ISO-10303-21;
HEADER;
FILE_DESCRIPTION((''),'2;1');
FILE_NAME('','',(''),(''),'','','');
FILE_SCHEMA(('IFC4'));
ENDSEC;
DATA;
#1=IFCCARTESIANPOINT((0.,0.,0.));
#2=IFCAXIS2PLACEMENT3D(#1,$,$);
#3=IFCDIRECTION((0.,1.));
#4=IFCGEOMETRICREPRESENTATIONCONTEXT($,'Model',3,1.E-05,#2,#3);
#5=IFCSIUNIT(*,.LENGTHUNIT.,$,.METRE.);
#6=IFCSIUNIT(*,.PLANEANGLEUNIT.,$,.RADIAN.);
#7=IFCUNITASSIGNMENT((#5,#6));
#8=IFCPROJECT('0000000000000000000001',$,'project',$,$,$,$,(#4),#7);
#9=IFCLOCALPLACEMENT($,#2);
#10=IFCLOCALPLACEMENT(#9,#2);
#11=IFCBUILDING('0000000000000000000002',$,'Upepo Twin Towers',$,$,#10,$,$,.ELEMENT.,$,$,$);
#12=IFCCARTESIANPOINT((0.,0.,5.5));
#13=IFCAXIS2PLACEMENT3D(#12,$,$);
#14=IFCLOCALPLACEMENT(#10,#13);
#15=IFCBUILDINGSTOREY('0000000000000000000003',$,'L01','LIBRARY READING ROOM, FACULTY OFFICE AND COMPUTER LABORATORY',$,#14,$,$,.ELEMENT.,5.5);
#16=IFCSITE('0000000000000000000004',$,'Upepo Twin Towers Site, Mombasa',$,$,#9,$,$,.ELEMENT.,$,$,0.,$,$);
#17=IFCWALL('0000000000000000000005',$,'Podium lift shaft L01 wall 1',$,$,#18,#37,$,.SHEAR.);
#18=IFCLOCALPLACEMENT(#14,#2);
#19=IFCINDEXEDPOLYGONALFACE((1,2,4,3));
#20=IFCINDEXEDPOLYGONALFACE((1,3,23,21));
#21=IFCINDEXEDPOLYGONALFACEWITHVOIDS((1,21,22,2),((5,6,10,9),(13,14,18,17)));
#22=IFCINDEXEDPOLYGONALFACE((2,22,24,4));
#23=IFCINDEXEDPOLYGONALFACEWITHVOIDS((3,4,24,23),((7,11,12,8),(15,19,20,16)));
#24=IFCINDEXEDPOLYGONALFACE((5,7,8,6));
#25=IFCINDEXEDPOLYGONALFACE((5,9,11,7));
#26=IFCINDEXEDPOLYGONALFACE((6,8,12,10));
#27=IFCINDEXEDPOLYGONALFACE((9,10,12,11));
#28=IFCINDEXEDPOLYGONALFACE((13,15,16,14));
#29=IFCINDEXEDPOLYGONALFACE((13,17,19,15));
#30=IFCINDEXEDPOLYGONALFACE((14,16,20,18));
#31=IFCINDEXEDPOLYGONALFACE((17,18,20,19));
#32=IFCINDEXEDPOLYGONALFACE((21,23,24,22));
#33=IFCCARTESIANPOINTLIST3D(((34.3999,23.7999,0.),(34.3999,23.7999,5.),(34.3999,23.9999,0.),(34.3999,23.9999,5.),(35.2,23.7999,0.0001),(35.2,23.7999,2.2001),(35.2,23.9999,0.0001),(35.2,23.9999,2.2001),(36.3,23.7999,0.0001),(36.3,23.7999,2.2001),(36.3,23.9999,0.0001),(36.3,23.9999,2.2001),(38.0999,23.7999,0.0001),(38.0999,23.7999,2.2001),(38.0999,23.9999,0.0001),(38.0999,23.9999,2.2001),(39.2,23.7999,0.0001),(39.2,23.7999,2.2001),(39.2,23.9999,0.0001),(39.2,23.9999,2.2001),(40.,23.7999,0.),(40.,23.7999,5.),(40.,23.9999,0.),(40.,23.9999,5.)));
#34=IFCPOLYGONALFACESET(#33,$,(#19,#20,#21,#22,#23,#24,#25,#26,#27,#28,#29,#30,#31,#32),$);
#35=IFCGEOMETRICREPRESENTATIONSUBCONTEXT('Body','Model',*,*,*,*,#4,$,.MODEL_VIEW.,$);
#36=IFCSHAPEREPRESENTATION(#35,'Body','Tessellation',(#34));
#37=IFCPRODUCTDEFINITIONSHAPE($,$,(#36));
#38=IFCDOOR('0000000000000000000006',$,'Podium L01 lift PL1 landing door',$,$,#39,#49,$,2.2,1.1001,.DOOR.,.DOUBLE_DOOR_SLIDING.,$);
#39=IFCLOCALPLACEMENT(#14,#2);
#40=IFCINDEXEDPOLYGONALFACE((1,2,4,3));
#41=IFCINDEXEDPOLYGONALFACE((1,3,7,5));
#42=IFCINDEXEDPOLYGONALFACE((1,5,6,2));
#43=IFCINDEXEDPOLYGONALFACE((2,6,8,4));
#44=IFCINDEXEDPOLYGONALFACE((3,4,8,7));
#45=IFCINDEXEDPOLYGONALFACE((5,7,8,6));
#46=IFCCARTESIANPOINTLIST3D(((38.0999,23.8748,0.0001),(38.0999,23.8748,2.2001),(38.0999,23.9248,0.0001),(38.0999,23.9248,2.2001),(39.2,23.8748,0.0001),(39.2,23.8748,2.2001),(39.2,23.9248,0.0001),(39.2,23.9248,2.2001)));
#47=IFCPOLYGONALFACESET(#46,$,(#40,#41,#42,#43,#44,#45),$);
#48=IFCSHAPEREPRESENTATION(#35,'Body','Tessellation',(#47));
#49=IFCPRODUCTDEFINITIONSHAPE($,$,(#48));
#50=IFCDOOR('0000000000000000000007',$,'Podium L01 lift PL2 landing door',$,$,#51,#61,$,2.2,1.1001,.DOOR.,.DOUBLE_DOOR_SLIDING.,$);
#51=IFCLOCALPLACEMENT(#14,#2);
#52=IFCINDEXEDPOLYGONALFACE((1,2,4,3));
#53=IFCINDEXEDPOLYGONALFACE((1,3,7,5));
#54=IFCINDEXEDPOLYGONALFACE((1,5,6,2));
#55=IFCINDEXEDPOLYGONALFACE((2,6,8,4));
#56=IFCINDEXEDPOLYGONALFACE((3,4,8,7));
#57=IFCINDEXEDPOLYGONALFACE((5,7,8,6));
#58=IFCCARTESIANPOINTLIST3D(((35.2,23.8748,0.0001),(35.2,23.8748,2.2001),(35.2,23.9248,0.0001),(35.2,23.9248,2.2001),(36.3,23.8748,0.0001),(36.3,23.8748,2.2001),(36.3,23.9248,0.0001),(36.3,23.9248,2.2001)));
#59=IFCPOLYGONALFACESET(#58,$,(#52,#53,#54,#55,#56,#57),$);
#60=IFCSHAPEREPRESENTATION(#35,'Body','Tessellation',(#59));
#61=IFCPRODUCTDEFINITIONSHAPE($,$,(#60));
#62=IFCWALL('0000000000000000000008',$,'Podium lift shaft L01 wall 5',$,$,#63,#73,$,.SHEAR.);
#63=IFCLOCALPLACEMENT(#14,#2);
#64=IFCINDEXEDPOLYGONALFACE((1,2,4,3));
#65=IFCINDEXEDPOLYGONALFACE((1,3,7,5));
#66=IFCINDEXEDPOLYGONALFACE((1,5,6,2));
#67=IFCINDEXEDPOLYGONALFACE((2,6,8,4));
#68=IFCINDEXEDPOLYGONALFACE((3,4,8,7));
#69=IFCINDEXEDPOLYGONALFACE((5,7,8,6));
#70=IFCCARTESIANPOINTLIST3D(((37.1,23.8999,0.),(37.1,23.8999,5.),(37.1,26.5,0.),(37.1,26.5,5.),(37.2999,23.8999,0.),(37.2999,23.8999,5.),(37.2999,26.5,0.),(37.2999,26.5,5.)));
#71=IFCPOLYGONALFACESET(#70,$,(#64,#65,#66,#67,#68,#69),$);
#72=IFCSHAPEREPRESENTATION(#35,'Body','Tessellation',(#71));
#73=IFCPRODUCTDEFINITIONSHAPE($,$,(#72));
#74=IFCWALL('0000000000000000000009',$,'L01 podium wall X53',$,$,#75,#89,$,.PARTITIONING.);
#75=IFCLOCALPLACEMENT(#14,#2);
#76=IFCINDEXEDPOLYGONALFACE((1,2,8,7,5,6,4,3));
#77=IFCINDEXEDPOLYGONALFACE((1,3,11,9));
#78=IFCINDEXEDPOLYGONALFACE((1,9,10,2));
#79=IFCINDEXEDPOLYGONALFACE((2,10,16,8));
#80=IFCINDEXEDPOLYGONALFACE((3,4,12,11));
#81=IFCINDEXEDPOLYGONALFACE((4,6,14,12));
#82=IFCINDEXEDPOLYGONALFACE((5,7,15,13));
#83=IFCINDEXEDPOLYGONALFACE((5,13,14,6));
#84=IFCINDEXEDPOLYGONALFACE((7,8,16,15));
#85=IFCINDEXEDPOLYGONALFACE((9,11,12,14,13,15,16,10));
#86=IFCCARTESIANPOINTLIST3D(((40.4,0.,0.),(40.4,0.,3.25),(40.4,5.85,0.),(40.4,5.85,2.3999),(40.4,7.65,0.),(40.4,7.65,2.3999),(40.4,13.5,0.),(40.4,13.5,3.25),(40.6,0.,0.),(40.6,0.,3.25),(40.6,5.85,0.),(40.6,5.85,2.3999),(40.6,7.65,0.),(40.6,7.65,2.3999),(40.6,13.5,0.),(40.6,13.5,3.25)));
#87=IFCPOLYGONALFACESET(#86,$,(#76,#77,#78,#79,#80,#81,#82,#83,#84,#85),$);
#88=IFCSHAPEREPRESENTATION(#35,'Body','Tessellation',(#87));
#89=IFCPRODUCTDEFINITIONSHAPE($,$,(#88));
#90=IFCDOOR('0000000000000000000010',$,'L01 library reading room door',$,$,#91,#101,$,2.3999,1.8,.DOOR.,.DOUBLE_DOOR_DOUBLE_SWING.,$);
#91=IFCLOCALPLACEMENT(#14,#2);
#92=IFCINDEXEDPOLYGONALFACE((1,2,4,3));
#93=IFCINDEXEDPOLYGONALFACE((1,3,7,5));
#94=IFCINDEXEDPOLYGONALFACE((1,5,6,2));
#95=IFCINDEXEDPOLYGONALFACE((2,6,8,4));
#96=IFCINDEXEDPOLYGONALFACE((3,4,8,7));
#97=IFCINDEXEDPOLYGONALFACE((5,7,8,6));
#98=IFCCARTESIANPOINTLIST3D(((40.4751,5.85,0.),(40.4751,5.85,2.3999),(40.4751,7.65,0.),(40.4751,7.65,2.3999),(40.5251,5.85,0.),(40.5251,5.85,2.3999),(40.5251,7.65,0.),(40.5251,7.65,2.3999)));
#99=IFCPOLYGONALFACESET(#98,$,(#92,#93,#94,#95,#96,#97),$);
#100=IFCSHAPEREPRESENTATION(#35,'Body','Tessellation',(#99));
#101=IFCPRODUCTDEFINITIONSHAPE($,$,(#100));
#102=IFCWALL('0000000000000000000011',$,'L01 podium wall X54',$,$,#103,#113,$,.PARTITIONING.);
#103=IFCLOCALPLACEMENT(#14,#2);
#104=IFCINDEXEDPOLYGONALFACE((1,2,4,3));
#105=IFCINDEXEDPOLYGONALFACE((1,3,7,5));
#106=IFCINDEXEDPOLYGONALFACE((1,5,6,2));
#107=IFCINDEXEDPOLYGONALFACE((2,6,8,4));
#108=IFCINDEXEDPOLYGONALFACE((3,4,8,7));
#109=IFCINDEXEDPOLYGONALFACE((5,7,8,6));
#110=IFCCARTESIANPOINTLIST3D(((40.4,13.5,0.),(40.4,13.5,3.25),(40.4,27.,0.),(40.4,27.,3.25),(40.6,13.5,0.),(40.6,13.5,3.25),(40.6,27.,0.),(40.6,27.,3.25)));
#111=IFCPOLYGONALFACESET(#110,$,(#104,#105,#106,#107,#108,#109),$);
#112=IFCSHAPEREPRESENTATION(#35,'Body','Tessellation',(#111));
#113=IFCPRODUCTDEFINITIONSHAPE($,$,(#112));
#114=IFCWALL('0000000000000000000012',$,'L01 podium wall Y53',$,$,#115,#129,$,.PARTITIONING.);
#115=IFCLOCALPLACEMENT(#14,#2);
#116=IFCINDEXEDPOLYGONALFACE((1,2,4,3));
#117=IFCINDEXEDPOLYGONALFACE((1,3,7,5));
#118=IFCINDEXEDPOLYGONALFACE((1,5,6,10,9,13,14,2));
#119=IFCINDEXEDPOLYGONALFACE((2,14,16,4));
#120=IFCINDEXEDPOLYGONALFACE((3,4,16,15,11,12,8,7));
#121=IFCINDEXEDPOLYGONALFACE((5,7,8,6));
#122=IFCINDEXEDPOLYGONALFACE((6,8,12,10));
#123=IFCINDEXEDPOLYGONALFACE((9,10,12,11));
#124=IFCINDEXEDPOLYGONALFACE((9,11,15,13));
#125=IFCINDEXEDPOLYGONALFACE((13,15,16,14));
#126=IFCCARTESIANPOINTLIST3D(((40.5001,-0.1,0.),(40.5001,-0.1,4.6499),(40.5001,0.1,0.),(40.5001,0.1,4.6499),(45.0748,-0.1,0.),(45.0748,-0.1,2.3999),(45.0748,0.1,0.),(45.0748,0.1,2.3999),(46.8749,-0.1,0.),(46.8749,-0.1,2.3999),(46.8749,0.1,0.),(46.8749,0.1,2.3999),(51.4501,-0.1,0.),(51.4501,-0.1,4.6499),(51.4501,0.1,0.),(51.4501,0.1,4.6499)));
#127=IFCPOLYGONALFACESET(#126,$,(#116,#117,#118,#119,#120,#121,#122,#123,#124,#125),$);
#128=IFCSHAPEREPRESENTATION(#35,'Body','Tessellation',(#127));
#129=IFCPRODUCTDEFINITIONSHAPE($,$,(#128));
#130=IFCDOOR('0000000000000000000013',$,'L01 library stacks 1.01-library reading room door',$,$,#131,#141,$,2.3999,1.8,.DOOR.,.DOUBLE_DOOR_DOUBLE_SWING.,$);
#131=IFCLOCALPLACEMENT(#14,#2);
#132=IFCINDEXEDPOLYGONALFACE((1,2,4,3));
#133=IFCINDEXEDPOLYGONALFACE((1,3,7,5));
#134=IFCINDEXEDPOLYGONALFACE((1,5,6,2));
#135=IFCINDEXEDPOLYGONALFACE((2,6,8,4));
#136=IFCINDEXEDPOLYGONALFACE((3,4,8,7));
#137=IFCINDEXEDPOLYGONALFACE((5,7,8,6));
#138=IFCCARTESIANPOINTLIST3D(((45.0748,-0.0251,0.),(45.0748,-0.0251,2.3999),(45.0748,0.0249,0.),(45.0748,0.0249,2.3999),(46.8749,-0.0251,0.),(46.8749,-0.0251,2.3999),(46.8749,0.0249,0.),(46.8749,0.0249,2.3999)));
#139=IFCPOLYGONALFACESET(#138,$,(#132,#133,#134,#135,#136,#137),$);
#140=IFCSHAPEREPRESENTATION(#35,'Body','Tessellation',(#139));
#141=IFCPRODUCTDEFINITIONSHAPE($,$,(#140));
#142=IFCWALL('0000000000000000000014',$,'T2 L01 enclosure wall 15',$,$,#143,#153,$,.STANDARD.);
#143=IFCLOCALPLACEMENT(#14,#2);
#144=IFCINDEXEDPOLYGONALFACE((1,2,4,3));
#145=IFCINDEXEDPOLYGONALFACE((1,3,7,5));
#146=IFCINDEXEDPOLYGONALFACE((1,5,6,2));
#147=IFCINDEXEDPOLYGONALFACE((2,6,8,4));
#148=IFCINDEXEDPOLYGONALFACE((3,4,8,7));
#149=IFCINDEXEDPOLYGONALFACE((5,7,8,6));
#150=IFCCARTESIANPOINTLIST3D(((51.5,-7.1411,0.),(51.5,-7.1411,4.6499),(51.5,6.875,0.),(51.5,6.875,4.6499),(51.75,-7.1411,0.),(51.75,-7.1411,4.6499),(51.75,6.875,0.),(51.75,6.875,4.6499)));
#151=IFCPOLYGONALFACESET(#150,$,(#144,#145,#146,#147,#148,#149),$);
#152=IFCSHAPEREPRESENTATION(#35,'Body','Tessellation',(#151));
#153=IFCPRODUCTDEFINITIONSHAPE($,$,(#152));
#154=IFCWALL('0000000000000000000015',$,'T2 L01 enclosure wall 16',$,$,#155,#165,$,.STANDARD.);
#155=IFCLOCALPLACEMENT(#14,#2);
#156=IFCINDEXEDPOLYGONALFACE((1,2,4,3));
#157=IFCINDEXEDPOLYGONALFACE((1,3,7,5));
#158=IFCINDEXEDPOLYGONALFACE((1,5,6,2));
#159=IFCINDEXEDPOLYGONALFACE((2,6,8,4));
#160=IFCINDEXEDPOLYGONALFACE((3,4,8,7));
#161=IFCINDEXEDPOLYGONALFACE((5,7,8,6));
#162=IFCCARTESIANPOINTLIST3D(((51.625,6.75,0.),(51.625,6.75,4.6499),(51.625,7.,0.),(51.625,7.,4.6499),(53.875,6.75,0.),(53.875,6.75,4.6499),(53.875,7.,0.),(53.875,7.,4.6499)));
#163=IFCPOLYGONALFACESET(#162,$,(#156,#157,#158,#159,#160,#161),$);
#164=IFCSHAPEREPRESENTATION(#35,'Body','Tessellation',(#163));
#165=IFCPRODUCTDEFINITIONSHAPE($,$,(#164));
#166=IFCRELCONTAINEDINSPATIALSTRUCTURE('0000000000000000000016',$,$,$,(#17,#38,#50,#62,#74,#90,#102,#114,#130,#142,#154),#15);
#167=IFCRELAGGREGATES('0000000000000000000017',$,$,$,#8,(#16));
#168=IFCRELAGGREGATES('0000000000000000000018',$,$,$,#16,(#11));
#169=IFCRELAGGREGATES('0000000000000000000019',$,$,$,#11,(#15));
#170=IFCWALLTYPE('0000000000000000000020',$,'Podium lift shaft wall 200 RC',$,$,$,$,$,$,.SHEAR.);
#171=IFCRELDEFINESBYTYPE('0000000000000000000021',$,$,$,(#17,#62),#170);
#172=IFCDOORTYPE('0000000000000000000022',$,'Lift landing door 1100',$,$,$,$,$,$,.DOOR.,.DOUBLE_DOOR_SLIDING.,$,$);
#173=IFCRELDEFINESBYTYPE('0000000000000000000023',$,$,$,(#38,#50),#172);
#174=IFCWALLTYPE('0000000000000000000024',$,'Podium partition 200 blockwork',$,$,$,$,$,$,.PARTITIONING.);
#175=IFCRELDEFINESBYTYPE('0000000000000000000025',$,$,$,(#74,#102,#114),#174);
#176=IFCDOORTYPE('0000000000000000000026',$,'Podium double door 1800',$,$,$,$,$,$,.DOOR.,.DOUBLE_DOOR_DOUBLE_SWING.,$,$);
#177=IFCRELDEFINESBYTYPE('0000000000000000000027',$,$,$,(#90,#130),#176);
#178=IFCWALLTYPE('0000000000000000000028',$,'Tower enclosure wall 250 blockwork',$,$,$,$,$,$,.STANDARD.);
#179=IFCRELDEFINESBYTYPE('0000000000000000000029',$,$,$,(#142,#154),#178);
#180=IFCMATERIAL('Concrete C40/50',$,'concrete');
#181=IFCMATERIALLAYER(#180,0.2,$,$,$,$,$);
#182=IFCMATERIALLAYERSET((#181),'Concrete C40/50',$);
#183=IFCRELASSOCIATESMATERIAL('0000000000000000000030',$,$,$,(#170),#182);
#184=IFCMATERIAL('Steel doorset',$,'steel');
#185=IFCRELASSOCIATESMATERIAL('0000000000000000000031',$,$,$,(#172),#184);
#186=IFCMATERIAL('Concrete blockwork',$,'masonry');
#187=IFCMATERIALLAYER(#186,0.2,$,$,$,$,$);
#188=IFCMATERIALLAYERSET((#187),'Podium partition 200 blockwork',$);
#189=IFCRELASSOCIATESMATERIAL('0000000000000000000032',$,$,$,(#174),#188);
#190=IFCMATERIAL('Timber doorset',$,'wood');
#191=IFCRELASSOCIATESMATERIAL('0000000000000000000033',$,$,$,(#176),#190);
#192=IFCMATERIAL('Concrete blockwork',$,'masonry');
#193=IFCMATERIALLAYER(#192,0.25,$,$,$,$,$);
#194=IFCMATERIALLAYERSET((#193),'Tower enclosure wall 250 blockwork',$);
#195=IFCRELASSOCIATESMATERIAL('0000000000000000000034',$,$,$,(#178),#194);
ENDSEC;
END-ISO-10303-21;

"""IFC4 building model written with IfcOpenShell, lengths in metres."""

from ifc_helpers import new_model, si_unit, direction, frame, frame_2d, origin, place, context, subcontext, project, spatial, rectangle, extrude, material, layer, layer_set, type_object, element, fill, save


model = new_model("IFC4")

# Units and contexts
model_context = context("Model", 3, precision=1e-05, world=origin(), true_north=direction((0.0, 1.0)))
body_context = subcontext(model_context, "Body", "Model", "MODEL_VIEW")
ifc_project = project(units=[si_unit("LENGTHUNIT", "METRE"), si_unit("PLANEANGLEUNIT", "RADIAN")], contexts=[model_context])

# Site, building, storey
site_placement = place(None, origin())
site = spatial("IfcSite", under=ifc_project, at=site_placement, Name="Upepo Twin Towers Site, Mombasa", CompositionType="ELEMENT", RefElevation=0.0)
building_placement = place(site_placement, origin())
building = spatial("IfcBuilding", under=site, at=building_placement, Name="Upepo Twin Towers", CompositionType="ELEMENT")
storey_placement = place(building_placement, frame((0.0, 0.0, 5.5)))
storey = spatial("IfcBuildingStorey", under=building, at=storey_placement, Name="L01", Description="LIBRARY READING ROOM, FACULTY OFFICE AND COMPUTER LABORATORY", CompositionType="ELEMENT", Elevation=5.5)

# Wall, openings, doors
ifc_material_1 = material(Name="Concrete C40/50", Category="concrete")
ifc_layer_1 = layer(ifc_material_1, 0.2)
ifc_layer_set_1 = layer_set([ifc_layer_1], Name="Concrete C40/50")
wall_type_1 = type_object("IfcWallType", Name="Podium lift shaft wall 200 RC", PredefinedType="SHEAR", material=ifc_layer_set_1)
wall_1_placement = place(storey_placement, frame((34.3999, 23.8999, 0.0), z_axis=(0.0, 0.0, 1.0), x_axis=(1.0, 0.0, 0.0)))
wall_1 = element("IfcWall", 1, at=wall_1_placement, inside=storey, type_object=wall_type_1, Name="Podium lift shaft L01 wall 1", PredefinedType="SHEAR", context=body_context, shape_type="SweptSolid", body=[
    extrude(rectangle(XDim=5.6001, YDim=0.2, at=frame_2d((2.8, 0.0))), origin(), (0.0, 0.0, 1.0), 5.0),
])
opening_1_placement = place(wall_1_placement, frame((3.7, 0.0, 0.0)))
opening_1 = element("IfcOpeningElement", 2, at=opening_1_placement, cuts=wall_1, PredefinedType="OPENING", context=body_context, shape_type="SweptSolid", body=[
    extrude(rectangle(XDim=1.1001, YDim=2.2, at=frame_2d((0.55, 1.1001))), frame((0.0, 0.1099, 0.0), z_axis=(0.0, -1.0, 0.0), x_axis=(1.0, 0.0, 0.0)), (0.0, 0.0, 1.0), 0.22),
])
opening_2_placement = place(wall_1_placement, frame((0.8, 0.0, 0.0)))
opening_2 = element("IfcOpeningElement", 3, at=opening_2_placement, cuts=wall_1, PredefinedType="OPENING", context=body_context, shape_type="SweptSolid", body=[
    extrude(rectangle(XDim=1.1001, YDim=2.2, at=frame_2d((0.55, 1.1001))), frame((0.0, 0.1099, 0.0), z_axis=(0.0, -1.0, 0.0), x_axis=(1.0, 0.0, 0.0)), (0.0, 0.0, 1.0), 0.22),
])
ifc_material_2 = material(Name="Steel doorset", Category="steel")
door_type_1 = type_object("IfcDoorType", Name="Lift landing door 1100", OperationType="DOUBLE_DOOR_SLIDING", PredefinedType="DOOR", material=ifc_material_2)
door_1_placement = place(opening_1_placement, origin())
door_1 = element("IfcDoor", 4, at=door_1_placement, inside=storey, type_object=door_type_1, Name="Podium L01 lift PL1 landing door", OperationType="DOUBLE_DOOR_SLIDING", OverallHeight=2.2, OverallWidth=1.1001, PredefinedType="DOOR", context=body_context, shape_type="SweptSolid", body=[
    extrude(rectangle(XDim=1.1001, YDim=2.2, at=frame_2d((0.55, 1.1001))), frame((0.0, 0.0249, 0.0), z_axis=(0.0, -1.0, 0.0), x_axis=(1.0, 0.0, 0.0)), (0.0, 0.0, 1.0), 0.05),
])
fill(opening_1, door_1)
door_2_placement = place(opening_2_placement, origin())
door_2 = element("IfcDoor", 5, at=door_2_placement, inside=storey, type_object=door_type_1, Name="Podium L01 lift PL2 landing door", OperationType="DOUBLE_DOOR_SLIDING", OverallHeight=2.2, OverallWidth=1.1001, PredefinedType="DOOR", context=body_context, shape_type="SweptSolid", body=[
    extrude(rectangle(XDim=1.1001, YDim=2.2, at=frame_2d((0.55, 1.1001))), frame((0.0, 0.0249, 0.0), z_axis=(0.0, -1.0, 0.0), x_axis=(1.0, 0.0, 0.0)), (0.0, 0.0, 1.0), 0.05),
])
fill(opening_2, door_2)

# Wall
wall_2_placement = place(storey_placement, frame((37.2, 23.8999, 0.0), z_axis=(0.0, 0.0, 1.0), x_axis=(0.0, 1.0, 0.0)))
element("IfcWall", 6, at=wall_2_placement, inside=storey, type_object=wall_type_1, Name="Podium lift shaft L01 wall 5", PredefinedType="SHEAR", context=body_context, shape_type="SweptSolid", body=[
    extrude(rectangle(XDim=2.6001, YDim=0.2, at=frame_2d((1.3, 0.0))), origin(), (0.0, 0.0, 1.0), 5.0),
])

# Wall, opening, door
ifc_material_3 = material(Name="Concrete blockwork", Category="masonry")
ifc_layer_2 = layer(ifc_material_3, 0.2)
ifc_layer_set_2 = layer_set([ifc_layer_2], Name="Podium partition 200 blockwork")
wall_type_2 = type_object("IfcWallType", Name="Podium partition 200 blockwork", PredefinedType="PARTITIONING", material=ifc_layer_set_2)
wall_3_placement = place(storey_placement, frame((40.5, 0.0, 0.0), z_axis=(0.0, 0.0, 1.0), x_axis=(0.0, 1.0, 0.0)))
wall_3 = element("IfcWall", 7, at=wall_3_placement, inside=storey, type_object=wall_type_2, Name="L01 podium wall X53", PredefinedType="PARTITIONING", context=body_context, shape_type="SweptSolid", body=[
    extrude(rectangle(XDim=13.5, YDim=0.2, at=frame_2d((6.75, 0.0))), origin(), (0.0, 0.0, 1.0), 3.25),
])
opening_3_placement = place(wall_3_placement, frame((5.8501, 0.0, 0.0)))
opening_3 = element("IfcOpeningElement", 8, at=opening_3_placement, cuts=wall_3, PredefinedType="OPENING", context=body_context, shape_type="SweptSolid", body=[
    extrude(rectangle(XDim=1.8, YDim=2.3999, at=frame_2d((0.8999, 1.2))), frame((0.0, 0.1099, 0.0), z_axis=(0.0, -1.0, 0.0), x_axis=(1.0, 0.0, 0.0)), (0.0, 0.0, 1.0), 0.22),
])
ifc_material_4 = material(Name="Timber doorset", Category="wood")
door_type_2 = type_object("IfcDoorType", Name="Podium double door 1800", OperationType="DOUBLE_DOOR_DOUBLE_SWING", PredefinedType="DOOR", material=ifc_material_4)
door_3_placement = place(opening_3_placement, origin())
door_3 = element("IfcDoor", 9, at=door_3_placement, inside=storey, type_object=door_type_2, Name="L01 library reading room door", OperationType="DOUBLE_DOOR_DOUBLE_SWING", OverallHeight=2.3999, OverallWidth=1.8, PredefinedType="DOOR", context=body_context, shape_type="SweptSolid", body=[
    extrude(rectangle(XDim=1.8, YDim=2.3999, at=frame_2d((0.8999, 1.2))), frame((0.0, 0.0249, 0.0), z_axis=(0.0, -1.0, 0.0), x_axis=(1.0, 0.0, 0.0)), (0.0, 0.0, 1.0), 0.05),
])
fill(opening_3, door_3)

# Wall
wall_4_placement = place(storey_placement, frame((40.5, 13.5, 0.0), z_axis=(0.0, 0.0, 1.0), x_axis=(0.0, 1.0, 0.0)))
element("IfcWall", 10, at=wall_4_placement, inside=storey, type_object=wall_type_2, Name="L01 podium wall X54", PredefinedType="PARTITIONING", context=body_context, shape_type="SweptSolid", body=[
    extrude(rectangle(XDim=13.5, YDim=0.2, at=frame_2d((6.75, 0.0))), origin(), (0.0, 0.0, 1.0), 3.25),
])

# Wall, opening, door
wall_5_placement = place(storey_placement, frame((40.5, 0.0, 0.0), z_axis=(0.0, 0.0, 1.0), x_axis=(1.0, 0.0, 0.0)))
wall_5 = element("IfcWall", 11, at=wall_5_placement, inside=storey, type_object=wall_type_2, Name="L01 podium wall Y53", PredefinedType="PARTITIONING", context=body_context, shape_type="SweptSolid", body=[
    extrude(rectangle(XDim=10.95, YDim=0.2, at=frame_2d((5.4751, 0.0))), origin(), (0.0, 0.0, 1.0), 4.6499),
])
opening_4_placement = place(wall_5_placement, frame((4.575, 0.0, 0.0)))
opening_4 = element("IfcOpeningElement", 12, at=opening_4_placement, cuts=wall_5, PredefinedType="OPENING", context=body_context, shape_type="SweptSolid", body=[
    extrude(rectangle(XDim=1.8, YDim=2.3999, at=frame_2d((0.8999, 1.2))), frame((0.0, 0.1099, 0.0), z_axis=(0.0, -1.0, 0.0), x_axis=(1.0, 0.0, 0.0)), (0.0, 0.0, 1.0), 0.22),
])
door_4_placement = place(opening_4_placement, origin())
door_4 = element("IfcDoor", 13, at=door_4_placement, inside=storey, type_object=door_type_2, Name="L01 library stacks 1.01-library reading room door", OperationType="DOUBLE_DOOR_DOUBLE_SWING", OverallHeight=2.3999, OverallWidth=1.8, PredefinedType="DOOR", context=body_context, shape_type="SweptSolid", body=[
    extrude(rectangle(XDim=1.8, YDim=2.3999, at=frame_2d((0.8999, 1.2))), frame((0.0, 0.0249, 0.0), z_axis=(0.0, -1.0, 0.0), x_axis=(1.0, 0.0, 0.0)), (0.0, 0.0, 1.0), 0.05),
])
fill(opening_4, door_4)

# Walls
ifc_material_5 = material(Name="Concrete blockwork", Category="masonry")
ifc_layer_3 = layer(ifc_material_5, 0.25)
ifc_layer_set_3 = layer_set([ifc_layer_3], Name="Tower enclosure wall 250 blockwork")
wall_type_3 = type_object("IfcWallType", Name="Tower enclosure wall 250 blockwork", PredefinedType="STANDARD", material=ifc_layer_set_3)
wall_6_placement = place(storey_placement, frame((51.625, -7.1411, 0.0), z_axis=(0.0, 0.0, 1.0), x_axis=(0.0, 1.0, 0.0)))
element("IfcWall", 14, at=wall_6_placement, inside=storey, type_object=wall_type_3, Name="T2 L01 enclosure wall 15", PredefinedType="STANDARD", context=body_context, shape_type="SweptSolid", body=[
    extrude(rectangle(XDim=14.0161, YDim=0.25, at=frame_2d((7.0081, 0.0))), origin(), (0.0, 0.0, 1.0), 4.6499),
])
wall_7_placement = place(storey_placement, frame((51.625, 6.875, 0.0), z_axis=(0.0, 0.0, 1.0), x_axis=(1.0, 0.0, 0.0)))
element("IfcWall", 15, at=wall_7_placement, inside=storey, type_object=wall_type_3, Name="T2 L01 enclosure wall 16", PredefinedType="STANDARD", context=body_context, shape_type="SweptSolid", body=[
    extrude(rectangle(XDim=2.25, YDim=0.25, at=frame_2d((1.125, 0.0))), origin(), (0.0, 0.0, 1.0), 4.6499),
])

save(model, "model.ifc")
